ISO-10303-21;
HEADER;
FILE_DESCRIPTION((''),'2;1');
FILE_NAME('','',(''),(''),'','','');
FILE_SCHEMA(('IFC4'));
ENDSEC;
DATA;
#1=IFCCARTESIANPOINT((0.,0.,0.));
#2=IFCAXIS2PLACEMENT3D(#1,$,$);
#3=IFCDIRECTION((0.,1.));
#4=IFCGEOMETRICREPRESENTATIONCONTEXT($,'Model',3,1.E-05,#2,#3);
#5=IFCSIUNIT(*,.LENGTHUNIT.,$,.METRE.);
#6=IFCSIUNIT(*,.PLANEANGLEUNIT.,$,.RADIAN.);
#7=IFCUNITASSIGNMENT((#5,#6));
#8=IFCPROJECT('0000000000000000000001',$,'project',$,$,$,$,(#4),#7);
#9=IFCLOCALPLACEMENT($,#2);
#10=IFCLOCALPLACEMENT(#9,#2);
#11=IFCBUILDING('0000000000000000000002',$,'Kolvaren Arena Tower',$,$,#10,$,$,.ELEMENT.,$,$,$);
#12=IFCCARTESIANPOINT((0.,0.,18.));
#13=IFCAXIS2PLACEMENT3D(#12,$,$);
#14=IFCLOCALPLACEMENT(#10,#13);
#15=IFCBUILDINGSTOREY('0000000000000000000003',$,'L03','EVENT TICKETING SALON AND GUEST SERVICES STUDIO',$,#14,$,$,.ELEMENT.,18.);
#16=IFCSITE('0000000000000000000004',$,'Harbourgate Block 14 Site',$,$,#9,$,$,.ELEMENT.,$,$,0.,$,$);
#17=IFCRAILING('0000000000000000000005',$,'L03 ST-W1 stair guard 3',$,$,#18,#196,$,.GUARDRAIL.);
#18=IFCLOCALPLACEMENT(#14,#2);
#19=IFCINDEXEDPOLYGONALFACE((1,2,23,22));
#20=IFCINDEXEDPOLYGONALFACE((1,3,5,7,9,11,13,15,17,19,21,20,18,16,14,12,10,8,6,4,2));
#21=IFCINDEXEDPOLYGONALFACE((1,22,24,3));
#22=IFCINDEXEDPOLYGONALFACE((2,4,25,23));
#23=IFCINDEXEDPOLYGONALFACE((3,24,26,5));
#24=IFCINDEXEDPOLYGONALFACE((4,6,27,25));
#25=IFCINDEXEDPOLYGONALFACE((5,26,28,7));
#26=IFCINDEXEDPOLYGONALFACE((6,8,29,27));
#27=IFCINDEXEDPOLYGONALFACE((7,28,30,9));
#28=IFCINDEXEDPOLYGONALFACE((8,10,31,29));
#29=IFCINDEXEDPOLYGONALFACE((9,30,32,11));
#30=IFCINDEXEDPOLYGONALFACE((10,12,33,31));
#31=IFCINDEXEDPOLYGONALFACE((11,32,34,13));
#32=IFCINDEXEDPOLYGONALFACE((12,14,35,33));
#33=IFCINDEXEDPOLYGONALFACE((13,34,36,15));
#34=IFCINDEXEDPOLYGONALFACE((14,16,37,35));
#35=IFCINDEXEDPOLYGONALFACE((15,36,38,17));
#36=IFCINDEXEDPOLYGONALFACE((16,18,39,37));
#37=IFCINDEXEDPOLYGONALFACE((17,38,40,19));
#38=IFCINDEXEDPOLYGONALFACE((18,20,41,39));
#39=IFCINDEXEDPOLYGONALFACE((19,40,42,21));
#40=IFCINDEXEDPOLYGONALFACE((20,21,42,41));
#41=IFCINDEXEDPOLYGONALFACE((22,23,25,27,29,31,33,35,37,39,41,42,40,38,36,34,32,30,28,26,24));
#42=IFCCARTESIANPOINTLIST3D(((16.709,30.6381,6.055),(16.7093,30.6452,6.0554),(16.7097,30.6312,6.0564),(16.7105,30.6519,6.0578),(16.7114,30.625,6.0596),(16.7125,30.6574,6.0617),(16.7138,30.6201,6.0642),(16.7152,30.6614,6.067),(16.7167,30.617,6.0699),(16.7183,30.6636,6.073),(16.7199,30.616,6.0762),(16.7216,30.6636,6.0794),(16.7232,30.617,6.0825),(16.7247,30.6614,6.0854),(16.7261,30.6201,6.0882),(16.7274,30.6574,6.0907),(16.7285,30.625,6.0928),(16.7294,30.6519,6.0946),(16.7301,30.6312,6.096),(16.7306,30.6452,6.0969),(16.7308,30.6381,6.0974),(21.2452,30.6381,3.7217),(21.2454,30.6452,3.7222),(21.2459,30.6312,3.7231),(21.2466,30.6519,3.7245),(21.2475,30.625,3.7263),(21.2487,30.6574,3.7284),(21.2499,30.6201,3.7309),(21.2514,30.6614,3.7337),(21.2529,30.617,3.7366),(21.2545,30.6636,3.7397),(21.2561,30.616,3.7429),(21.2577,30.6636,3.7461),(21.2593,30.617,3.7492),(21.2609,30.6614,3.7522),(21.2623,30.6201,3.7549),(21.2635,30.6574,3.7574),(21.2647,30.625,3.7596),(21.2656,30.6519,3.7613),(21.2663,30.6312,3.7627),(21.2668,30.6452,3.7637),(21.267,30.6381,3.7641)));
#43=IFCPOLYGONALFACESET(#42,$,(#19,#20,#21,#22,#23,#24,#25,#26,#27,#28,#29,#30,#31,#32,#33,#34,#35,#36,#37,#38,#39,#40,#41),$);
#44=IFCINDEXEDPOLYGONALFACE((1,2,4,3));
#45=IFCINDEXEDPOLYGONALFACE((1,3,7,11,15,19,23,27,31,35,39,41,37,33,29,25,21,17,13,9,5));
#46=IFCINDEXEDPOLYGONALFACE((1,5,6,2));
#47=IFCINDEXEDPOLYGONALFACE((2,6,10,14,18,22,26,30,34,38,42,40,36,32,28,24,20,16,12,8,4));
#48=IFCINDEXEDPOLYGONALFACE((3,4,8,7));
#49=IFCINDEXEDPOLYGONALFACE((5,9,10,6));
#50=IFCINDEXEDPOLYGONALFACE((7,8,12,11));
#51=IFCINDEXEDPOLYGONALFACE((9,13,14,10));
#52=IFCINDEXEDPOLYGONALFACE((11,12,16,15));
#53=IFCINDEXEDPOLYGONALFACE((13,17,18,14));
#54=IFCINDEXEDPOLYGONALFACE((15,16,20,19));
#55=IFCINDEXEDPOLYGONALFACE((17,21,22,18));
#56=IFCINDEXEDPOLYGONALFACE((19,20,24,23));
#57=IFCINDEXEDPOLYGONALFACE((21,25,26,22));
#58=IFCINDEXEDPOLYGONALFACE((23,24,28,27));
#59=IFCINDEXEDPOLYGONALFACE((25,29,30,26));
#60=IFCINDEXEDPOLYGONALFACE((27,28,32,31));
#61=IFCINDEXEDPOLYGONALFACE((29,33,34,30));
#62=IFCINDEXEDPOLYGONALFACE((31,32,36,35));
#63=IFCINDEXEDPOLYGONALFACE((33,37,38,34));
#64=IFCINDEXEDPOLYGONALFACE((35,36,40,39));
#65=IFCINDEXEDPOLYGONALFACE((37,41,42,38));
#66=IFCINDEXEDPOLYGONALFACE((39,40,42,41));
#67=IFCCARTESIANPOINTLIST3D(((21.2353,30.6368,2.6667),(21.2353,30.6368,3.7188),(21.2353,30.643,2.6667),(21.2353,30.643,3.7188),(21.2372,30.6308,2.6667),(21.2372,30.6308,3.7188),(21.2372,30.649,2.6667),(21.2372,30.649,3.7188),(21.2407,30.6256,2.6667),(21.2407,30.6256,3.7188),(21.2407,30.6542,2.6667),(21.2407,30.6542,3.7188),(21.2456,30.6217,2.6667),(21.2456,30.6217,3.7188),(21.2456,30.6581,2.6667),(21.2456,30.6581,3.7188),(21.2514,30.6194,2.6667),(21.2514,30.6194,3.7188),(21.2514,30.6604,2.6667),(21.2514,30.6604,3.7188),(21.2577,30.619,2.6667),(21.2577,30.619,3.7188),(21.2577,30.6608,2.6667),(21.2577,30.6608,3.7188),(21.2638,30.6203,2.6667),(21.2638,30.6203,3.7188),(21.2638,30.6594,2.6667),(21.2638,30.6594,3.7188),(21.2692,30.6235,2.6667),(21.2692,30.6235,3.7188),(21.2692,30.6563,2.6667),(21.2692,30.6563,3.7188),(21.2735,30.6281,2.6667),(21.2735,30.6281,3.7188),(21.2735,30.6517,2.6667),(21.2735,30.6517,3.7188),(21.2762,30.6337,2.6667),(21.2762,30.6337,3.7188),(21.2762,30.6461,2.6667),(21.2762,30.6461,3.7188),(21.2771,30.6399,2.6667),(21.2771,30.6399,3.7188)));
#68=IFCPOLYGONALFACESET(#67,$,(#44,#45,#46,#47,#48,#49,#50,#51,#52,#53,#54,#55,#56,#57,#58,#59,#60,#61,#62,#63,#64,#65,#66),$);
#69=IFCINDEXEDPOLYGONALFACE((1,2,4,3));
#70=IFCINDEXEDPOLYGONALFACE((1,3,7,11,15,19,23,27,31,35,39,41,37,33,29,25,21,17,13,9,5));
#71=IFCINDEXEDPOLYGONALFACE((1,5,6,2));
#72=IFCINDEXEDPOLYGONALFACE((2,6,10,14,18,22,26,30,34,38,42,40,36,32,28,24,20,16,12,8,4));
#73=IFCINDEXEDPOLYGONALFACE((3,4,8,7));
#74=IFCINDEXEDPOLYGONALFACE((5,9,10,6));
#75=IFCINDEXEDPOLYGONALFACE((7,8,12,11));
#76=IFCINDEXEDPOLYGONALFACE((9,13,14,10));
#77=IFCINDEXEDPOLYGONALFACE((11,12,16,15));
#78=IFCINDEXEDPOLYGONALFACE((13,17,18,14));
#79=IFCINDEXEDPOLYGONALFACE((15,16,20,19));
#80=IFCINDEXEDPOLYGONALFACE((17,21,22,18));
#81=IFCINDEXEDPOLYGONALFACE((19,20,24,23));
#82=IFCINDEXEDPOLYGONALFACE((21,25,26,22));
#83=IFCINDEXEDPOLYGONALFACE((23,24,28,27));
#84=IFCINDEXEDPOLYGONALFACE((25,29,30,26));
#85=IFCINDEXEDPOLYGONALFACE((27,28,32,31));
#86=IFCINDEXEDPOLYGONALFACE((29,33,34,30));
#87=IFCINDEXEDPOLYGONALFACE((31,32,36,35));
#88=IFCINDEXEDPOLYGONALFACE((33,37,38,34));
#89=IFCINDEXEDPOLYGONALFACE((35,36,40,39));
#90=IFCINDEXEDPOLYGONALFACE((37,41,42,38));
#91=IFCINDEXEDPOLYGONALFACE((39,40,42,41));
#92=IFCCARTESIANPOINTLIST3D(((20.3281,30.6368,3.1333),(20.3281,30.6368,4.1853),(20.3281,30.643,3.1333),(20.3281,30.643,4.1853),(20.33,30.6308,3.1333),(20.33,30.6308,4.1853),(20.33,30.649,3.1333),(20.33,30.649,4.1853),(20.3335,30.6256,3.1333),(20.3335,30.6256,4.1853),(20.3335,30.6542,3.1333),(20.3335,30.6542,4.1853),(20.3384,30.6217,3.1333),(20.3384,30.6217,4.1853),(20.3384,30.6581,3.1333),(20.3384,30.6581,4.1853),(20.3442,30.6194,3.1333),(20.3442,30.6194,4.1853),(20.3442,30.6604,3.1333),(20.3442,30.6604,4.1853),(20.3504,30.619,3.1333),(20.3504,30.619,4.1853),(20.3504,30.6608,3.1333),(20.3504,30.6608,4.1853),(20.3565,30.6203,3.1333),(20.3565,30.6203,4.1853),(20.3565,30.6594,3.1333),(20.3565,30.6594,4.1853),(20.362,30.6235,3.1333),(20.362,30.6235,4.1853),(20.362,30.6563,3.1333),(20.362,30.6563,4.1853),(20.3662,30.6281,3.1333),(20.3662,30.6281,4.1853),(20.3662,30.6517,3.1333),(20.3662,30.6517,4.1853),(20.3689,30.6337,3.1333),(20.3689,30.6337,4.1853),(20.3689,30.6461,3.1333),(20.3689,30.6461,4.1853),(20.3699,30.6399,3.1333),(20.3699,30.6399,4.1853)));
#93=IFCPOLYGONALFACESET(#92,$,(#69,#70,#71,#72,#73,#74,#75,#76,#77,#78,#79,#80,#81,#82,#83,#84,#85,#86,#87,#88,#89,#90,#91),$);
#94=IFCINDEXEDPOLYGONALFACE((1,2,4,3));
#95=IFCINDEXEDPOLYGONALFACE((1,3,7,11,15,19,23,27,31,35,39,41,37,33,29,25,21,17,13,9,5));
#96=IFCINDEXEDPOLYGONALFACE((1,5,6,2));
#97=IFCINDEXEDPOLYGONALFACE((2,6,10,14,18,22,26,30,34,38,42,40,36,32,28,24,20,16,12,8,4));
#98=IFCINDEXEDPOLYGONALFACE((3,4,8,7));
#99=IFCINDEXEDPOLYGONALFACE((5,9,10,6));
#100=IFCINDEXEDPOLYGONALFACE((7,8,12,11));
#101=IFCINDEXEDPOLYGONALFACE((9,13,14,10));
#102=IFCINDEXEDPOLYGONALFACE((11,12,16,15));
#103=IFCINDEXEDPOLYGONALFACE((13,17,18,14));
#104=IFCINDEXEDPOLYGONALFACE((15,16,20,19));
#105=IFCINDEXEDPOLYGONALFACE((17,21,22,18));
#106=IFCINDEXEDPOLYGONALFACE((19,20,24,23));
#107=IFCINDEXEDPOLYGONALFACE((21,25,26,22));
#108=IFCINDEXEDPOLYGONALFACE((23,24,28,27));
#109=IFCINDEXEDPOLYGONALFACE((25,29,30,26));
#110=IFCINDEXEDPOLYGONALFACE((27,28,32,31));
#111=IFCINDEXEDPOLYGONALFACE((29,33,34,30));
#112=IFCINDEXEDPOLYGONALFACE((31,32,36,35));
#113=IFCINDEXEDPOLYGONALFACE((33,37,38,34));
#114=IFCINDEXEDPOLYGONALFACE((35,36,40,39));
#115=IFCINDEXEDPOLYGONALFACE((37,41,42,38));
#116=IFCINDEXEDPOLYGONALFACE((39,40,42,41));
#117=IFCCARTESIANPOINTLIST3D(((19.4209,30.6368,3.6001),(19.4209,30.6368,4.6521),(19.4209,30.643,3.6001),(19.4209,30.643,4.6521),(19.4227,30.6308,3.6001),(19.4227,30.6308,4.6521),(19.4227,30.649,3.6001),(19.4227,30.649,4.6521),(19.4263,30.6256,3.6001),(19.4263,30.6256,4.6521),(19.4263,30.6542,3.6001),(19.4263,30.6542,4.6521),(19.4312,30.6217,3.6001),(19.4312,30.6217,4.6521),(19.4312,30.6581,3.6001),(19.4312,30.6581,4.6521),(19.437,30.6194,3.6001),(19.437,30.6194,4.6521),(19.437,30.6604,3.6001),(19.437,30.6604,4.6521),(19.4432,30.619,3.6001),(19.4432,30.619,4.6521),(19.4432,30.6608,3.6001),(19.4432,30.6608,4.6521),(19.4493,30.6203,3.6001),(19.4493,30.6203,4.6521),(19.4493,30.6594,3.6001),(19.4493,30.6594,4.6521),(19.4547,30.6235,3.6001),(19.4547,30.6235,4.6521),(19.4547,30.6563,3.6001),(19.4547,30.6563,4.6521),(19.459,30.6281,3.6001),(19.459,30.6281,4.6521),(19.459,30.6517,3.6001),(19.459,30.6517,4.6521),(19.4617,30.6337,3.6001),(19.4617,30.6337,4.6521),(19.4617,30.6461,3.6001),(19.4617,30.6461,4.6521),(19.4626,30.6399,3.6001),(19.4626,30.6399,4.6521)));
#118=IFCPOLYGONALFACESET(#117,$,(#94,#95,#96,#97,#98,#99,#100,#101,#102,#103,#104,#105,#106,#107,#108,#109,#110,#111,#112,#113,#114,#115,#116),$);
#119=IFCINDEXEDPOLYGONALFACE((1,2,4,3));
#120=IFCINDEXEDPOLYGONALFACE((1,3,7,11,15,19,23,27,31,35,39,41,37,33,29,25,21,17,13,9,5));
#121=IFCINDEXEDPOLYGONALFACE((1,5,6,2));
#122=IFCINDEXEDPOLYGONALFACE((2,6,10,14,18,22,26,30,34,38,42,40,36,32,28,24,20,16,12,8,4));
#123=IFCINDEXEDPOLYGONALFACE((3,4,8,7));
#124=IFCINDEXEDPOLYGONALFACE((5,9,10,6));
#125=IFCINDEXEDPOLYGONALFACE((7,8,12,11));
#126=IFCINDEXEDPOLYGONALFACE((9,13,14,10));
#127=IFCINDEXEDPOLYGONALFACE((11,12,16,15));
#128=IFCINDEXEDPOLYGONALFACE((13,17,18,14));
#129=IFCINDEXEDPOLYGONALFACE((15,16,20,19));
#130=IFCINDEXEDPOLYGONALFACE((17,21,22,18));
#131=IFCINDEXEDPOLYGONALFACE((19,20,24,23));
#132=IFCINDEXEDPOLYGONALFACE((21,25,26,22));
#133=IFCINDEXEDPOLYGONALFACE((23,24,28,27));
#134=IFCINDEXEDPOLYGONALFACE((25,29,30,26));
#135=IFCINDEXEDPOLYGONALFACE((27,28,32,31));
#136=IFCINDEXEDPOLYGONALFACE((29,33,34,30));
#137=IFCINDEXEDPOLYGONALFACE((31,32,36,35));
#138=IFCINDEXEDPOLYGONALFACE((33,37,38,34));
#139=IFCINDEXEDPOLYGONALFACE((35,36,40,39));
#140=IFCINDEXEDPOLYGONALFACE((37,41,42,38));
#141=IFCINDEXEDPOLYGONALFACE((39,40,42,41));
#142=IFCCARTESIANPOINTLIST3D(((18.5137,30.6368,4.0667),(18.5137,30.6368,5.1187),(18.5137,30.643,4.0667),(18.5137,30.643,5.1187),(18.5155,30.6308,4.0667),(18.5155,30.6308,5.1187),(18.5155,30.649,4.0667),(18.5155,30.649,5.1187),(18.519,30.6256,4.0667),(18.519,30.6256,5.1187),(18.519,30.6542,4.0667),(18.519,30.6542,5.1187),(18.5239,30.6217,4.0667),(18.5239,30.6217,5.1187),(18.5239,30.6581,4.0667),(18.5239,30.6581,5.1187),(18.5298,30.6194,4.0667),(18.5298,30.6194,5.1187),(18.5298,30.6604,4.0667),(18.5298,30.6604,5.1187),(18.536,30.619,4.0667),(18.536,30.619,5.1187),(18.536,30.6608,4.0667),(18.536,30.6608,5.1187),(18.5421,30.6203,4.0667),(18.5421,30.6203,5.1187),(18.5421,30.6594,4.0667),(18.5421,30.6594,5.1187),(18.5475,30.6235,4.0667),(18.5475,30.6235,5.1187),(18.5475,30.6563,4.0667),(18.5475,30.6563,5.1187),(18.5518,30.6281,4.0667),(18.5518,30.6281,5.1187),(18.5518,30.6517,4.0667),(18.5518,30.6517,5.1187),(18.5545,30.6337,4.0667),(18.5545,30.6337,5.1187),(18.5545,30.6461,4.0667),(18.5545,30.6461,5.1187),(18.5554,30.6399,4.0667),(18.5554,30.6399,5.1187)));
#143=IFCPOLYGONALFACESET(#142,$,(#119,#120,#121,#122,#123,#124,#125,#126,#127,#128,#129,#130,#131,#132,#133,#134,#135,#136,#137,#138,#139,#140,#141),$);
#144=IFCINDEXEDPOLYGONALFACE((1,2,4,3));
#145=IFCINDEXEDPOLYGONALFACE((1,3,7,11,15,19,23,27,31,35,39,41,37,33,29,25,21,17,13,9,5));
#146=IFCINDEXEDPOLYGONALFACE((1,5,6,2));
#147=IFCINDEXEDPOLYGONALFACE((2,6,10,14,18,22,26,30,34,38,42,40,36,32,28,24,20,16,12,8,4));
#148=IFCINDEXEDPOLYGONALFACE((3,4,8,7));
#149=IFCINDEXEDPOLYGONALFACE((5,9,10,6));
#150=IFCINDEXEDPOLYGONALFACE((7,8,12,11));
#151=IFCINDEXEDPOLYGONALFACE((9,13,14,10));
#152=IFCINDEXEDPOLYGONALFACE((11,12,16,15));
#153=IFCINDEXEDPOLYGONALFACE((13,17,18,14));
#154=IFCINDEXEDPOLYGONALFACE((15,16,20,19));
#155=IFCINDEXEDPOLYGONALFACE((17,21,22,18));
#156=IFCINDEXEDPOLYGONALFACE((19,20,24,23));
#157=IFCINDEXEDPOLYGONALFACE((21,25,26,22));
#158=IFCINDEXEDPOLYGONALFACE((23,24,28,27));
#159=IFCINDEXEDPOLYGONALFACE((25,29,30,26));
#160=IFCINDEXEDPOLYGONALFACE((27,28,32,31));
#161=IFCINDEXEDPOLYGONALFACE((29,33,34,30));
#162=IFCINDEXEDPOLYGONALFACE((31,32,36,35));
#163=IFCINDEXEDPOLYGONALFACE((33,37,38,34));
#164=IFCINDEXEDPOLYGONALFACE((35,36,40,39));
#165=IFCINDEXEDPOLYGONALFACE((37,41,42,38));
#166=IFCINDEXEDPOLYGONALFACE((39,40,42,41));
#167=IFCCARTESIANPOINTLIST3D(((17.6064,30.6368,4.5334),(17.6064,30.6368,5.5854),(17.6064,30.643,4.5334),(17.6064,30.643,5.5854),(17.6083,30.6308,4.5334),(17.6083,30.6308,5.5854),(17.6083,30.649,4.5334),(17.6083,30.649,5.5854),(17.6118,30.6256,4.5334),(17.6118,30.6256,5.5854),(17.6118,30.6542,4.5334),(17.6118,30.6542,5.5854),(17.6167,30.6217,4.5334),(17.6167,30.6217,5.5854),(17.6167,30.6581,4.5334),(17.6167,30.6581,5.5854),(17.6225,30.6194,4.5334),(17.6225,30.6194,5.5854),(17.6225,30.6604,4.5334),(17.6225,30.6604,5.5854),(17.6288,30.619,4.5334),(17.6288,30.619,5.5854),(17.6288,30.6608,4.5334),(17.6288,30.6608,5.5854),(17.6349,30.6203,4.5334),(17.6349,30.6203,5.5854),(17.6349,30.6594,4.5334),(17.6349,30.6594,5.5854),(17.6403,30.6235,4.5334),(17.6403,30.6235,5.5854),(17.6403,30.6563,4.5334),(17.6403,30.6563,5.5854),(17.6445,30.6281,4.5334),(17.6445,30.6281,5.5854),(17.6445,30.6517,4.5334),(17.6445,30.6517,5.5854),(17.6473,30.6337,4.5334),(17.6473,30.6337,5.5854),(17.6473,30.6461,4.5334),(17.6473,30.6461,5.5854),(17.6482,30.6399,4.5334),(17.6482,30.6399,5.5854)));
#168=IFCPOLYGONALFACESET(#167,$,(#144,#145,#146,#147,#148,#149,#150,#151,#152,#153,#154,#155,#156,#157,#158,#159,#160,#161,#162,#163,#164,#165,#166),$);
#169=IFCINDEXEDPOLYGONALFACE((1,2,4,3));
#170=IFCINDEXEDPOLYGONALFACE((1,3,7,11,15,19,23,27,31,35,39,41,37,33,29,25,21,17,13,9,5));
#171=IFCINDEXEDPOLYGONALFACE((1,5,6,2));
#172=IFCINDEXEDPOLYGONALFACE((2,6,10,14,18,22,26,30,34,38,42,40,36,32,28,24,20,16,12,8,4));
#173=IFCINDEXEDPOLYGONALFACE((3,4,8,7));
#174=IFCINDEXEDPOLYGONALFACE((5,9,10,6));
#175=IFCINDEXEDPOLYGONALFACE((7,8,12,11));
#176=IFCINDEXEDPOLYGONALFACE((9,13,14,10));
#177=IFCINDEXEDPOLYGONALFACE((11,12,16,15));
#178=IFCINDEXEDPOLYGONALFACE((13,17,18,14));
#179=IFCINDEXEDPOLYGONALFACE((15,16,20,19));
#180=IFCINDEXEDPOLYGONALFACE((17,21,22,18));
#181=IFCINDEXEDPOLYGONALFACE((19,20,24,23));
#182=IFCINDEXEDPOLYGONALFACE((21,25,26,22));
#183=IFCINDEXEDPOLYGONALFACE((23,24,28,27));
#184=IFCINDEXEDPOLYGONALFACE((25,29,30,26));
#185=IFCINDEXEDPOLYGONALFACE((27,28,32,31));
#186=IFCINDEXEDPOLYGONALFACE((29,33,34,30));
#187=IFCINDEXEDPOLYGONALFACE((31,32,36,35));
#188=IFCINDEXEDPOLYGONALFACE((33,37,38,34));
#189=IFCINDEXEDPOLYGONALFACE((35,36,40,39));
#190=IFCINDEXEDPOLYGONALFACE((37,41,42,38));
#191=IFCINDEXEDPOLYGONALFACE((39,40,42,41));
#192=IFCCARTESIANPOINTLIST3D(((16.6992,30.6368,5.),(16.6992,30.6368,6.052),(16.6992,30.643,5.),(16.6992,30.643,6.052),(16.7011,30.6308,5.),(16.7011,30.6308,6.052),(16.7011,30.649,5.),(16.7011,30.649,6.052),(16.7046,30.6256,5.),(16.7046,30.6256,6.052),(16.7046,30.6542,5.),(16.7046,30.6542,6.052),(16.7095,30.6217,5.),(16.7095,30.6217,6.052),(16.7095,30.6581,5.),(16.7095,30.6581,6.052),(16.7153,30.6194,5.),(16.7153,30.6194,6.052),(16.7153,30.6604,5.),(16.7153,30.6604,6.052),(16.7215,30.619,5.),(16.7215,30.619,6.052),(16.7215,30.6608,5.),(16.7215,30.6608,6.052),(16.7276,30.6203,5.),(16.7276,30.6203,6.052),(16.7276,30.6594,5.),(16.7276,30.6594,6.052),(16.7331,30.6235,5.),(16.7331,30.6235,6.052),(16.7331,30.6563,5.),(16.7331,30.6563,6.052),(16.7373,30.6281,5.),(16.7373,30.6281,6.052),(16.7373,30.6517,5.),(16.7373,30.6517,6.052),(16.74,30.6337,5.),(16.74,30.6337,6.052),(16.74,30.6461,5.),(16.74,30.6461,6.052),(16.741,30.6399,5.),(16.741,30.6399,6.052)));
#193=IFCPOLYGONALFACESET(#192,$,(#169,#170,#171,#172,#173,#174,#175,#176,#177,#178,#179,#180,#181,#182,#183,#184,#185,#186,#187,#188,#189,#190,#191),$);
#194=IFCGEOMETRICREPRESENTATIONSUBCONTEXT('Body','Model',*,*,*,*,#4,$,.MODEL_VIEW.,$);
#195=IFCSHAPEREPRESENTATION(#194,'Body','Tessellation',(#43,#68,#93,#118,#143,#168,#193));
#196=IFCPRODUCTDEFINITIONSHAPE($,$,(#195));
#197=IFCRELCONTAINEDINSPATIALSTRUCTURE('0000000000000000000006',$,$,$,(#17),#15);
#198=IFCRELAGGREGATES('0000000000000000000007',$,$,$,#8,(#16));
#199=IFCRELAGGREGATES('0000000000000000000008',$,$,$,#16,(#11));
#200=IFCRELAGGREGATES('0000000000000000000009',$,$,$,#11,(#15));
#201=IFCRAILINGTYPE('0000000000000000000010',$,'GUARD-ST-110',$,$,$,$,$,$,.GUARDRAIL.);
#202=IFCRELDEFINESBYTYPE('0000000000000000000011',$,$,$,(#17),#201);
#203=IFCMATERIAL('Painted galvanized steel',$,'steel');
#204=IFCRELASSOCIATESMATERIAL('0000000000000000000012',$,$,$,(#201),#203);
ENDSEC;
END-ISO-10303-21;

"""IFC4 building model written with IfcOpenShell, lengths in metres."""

from ifc_helpers import new_model, si_unit, direction, frame, origin, origin_2d, place, context, subcontext, project, spatial, circle, extrude, material, type_object, element, save


model = new_model("IFC4")

# Units and contexts
model_context = context("Model", 3, precision=1e-05, world=origin(), true_north=direction((0.0, 1.0)))
body_context = subcontext(model_context, "Body", "Model", "MODEL_VIEW")
ifc_project = project(units=[si_unit("LENGTHUNIT", "METRE"), si_unit("PLANEANGLEUNIT", "RADIAN")], contexts=[model_context])

# Site, building, storey
site_placement = place(None, origin())
site = spatial("IfcSite", under=ifc_project, at=site_placement, Name="Harbourgate Block 14 Site", CompositionType="ELEMENT", RefElevation=0.0)
building_placement = place(site_placement, origin())
building = spatial("IfcBuilding", under=site, at=building_placement, Name="Kolvaren Arena Tower", CompositionType="ELEMENT")
storey_placement = place(building_placement, frame((0.0, 0.0, 18.0)))
storey = spatial("IfcBuildingStorey", under=building, at=storey_placement, Name="L03", Description="EVENT TICKETING SALON AND GUEST SERVICES STUDIO", CompositionType="ELEMENT", Elevation=18.0)

# Railing
ifc_material_1 = material(Name="Painted galvanized steel", Category="steel")
railing_type_1 = type_object("IfcRailingType", Name="GUARD-ST-110", PredefinedType="GUARDRAIL", material=ifc_material_1)
railing_1_placement = place(storey_placement, frame((21.2561, 30.6399, 2.6667)))
element("IfcRailing", 1, at=railing_1_placement, inside=storey, type_object=railing_type_1, Name="L03 ST-W1 stair guard 3", PredefinedType="GUARDRAIL", context=body_context, shape_type="SweptSolid", body=[
    extrude(circle(Radius=0.0239, at=origin_2d()), frame((0.0, 0.0, 1.0762), z_axis=(-0.889257, 0.0, 0.457407), x_axis=(0.0, -1.0, 0.0)), (0.0, 0.0, 1.0), 5.1011),
    extrude(circle(Radius=0.021, at=origin_2d()), origin(), (0.0, 0.0, 1.0), 1.052),
    extrude(circle(Radius=0.021, at=origin_2d()), frame((-0.9072, 0.0, 0.4666)), (0.0, 0.0, 1.0), 1.052),
    extrude(circle(Radius=0.021, at=origin_2d()), frame((-1.8145, 0.0, 0.9333)), (0.0, 0.0, 1.0), 1.052),
    extrude(circle(Radius=0.021, at=origin_2d()), frame((-2.7217, 0.0, 1.3999)), (0.0, 0.0, 1.0), 1.052),
    extrude(circle(Radius=0.021, at=origin_2d()), frame((-3.6289, 0.0, 1.8667)), (0.0, 0.0, 1.0), 1.052),
    extrude(circle(Radius=0.021, at=origin_2d()), frame((-4.5361, 0.0, 2.3333)), (0.0, 0.0, 1.0), 1.052),
])

save(model, "model.ifc")
